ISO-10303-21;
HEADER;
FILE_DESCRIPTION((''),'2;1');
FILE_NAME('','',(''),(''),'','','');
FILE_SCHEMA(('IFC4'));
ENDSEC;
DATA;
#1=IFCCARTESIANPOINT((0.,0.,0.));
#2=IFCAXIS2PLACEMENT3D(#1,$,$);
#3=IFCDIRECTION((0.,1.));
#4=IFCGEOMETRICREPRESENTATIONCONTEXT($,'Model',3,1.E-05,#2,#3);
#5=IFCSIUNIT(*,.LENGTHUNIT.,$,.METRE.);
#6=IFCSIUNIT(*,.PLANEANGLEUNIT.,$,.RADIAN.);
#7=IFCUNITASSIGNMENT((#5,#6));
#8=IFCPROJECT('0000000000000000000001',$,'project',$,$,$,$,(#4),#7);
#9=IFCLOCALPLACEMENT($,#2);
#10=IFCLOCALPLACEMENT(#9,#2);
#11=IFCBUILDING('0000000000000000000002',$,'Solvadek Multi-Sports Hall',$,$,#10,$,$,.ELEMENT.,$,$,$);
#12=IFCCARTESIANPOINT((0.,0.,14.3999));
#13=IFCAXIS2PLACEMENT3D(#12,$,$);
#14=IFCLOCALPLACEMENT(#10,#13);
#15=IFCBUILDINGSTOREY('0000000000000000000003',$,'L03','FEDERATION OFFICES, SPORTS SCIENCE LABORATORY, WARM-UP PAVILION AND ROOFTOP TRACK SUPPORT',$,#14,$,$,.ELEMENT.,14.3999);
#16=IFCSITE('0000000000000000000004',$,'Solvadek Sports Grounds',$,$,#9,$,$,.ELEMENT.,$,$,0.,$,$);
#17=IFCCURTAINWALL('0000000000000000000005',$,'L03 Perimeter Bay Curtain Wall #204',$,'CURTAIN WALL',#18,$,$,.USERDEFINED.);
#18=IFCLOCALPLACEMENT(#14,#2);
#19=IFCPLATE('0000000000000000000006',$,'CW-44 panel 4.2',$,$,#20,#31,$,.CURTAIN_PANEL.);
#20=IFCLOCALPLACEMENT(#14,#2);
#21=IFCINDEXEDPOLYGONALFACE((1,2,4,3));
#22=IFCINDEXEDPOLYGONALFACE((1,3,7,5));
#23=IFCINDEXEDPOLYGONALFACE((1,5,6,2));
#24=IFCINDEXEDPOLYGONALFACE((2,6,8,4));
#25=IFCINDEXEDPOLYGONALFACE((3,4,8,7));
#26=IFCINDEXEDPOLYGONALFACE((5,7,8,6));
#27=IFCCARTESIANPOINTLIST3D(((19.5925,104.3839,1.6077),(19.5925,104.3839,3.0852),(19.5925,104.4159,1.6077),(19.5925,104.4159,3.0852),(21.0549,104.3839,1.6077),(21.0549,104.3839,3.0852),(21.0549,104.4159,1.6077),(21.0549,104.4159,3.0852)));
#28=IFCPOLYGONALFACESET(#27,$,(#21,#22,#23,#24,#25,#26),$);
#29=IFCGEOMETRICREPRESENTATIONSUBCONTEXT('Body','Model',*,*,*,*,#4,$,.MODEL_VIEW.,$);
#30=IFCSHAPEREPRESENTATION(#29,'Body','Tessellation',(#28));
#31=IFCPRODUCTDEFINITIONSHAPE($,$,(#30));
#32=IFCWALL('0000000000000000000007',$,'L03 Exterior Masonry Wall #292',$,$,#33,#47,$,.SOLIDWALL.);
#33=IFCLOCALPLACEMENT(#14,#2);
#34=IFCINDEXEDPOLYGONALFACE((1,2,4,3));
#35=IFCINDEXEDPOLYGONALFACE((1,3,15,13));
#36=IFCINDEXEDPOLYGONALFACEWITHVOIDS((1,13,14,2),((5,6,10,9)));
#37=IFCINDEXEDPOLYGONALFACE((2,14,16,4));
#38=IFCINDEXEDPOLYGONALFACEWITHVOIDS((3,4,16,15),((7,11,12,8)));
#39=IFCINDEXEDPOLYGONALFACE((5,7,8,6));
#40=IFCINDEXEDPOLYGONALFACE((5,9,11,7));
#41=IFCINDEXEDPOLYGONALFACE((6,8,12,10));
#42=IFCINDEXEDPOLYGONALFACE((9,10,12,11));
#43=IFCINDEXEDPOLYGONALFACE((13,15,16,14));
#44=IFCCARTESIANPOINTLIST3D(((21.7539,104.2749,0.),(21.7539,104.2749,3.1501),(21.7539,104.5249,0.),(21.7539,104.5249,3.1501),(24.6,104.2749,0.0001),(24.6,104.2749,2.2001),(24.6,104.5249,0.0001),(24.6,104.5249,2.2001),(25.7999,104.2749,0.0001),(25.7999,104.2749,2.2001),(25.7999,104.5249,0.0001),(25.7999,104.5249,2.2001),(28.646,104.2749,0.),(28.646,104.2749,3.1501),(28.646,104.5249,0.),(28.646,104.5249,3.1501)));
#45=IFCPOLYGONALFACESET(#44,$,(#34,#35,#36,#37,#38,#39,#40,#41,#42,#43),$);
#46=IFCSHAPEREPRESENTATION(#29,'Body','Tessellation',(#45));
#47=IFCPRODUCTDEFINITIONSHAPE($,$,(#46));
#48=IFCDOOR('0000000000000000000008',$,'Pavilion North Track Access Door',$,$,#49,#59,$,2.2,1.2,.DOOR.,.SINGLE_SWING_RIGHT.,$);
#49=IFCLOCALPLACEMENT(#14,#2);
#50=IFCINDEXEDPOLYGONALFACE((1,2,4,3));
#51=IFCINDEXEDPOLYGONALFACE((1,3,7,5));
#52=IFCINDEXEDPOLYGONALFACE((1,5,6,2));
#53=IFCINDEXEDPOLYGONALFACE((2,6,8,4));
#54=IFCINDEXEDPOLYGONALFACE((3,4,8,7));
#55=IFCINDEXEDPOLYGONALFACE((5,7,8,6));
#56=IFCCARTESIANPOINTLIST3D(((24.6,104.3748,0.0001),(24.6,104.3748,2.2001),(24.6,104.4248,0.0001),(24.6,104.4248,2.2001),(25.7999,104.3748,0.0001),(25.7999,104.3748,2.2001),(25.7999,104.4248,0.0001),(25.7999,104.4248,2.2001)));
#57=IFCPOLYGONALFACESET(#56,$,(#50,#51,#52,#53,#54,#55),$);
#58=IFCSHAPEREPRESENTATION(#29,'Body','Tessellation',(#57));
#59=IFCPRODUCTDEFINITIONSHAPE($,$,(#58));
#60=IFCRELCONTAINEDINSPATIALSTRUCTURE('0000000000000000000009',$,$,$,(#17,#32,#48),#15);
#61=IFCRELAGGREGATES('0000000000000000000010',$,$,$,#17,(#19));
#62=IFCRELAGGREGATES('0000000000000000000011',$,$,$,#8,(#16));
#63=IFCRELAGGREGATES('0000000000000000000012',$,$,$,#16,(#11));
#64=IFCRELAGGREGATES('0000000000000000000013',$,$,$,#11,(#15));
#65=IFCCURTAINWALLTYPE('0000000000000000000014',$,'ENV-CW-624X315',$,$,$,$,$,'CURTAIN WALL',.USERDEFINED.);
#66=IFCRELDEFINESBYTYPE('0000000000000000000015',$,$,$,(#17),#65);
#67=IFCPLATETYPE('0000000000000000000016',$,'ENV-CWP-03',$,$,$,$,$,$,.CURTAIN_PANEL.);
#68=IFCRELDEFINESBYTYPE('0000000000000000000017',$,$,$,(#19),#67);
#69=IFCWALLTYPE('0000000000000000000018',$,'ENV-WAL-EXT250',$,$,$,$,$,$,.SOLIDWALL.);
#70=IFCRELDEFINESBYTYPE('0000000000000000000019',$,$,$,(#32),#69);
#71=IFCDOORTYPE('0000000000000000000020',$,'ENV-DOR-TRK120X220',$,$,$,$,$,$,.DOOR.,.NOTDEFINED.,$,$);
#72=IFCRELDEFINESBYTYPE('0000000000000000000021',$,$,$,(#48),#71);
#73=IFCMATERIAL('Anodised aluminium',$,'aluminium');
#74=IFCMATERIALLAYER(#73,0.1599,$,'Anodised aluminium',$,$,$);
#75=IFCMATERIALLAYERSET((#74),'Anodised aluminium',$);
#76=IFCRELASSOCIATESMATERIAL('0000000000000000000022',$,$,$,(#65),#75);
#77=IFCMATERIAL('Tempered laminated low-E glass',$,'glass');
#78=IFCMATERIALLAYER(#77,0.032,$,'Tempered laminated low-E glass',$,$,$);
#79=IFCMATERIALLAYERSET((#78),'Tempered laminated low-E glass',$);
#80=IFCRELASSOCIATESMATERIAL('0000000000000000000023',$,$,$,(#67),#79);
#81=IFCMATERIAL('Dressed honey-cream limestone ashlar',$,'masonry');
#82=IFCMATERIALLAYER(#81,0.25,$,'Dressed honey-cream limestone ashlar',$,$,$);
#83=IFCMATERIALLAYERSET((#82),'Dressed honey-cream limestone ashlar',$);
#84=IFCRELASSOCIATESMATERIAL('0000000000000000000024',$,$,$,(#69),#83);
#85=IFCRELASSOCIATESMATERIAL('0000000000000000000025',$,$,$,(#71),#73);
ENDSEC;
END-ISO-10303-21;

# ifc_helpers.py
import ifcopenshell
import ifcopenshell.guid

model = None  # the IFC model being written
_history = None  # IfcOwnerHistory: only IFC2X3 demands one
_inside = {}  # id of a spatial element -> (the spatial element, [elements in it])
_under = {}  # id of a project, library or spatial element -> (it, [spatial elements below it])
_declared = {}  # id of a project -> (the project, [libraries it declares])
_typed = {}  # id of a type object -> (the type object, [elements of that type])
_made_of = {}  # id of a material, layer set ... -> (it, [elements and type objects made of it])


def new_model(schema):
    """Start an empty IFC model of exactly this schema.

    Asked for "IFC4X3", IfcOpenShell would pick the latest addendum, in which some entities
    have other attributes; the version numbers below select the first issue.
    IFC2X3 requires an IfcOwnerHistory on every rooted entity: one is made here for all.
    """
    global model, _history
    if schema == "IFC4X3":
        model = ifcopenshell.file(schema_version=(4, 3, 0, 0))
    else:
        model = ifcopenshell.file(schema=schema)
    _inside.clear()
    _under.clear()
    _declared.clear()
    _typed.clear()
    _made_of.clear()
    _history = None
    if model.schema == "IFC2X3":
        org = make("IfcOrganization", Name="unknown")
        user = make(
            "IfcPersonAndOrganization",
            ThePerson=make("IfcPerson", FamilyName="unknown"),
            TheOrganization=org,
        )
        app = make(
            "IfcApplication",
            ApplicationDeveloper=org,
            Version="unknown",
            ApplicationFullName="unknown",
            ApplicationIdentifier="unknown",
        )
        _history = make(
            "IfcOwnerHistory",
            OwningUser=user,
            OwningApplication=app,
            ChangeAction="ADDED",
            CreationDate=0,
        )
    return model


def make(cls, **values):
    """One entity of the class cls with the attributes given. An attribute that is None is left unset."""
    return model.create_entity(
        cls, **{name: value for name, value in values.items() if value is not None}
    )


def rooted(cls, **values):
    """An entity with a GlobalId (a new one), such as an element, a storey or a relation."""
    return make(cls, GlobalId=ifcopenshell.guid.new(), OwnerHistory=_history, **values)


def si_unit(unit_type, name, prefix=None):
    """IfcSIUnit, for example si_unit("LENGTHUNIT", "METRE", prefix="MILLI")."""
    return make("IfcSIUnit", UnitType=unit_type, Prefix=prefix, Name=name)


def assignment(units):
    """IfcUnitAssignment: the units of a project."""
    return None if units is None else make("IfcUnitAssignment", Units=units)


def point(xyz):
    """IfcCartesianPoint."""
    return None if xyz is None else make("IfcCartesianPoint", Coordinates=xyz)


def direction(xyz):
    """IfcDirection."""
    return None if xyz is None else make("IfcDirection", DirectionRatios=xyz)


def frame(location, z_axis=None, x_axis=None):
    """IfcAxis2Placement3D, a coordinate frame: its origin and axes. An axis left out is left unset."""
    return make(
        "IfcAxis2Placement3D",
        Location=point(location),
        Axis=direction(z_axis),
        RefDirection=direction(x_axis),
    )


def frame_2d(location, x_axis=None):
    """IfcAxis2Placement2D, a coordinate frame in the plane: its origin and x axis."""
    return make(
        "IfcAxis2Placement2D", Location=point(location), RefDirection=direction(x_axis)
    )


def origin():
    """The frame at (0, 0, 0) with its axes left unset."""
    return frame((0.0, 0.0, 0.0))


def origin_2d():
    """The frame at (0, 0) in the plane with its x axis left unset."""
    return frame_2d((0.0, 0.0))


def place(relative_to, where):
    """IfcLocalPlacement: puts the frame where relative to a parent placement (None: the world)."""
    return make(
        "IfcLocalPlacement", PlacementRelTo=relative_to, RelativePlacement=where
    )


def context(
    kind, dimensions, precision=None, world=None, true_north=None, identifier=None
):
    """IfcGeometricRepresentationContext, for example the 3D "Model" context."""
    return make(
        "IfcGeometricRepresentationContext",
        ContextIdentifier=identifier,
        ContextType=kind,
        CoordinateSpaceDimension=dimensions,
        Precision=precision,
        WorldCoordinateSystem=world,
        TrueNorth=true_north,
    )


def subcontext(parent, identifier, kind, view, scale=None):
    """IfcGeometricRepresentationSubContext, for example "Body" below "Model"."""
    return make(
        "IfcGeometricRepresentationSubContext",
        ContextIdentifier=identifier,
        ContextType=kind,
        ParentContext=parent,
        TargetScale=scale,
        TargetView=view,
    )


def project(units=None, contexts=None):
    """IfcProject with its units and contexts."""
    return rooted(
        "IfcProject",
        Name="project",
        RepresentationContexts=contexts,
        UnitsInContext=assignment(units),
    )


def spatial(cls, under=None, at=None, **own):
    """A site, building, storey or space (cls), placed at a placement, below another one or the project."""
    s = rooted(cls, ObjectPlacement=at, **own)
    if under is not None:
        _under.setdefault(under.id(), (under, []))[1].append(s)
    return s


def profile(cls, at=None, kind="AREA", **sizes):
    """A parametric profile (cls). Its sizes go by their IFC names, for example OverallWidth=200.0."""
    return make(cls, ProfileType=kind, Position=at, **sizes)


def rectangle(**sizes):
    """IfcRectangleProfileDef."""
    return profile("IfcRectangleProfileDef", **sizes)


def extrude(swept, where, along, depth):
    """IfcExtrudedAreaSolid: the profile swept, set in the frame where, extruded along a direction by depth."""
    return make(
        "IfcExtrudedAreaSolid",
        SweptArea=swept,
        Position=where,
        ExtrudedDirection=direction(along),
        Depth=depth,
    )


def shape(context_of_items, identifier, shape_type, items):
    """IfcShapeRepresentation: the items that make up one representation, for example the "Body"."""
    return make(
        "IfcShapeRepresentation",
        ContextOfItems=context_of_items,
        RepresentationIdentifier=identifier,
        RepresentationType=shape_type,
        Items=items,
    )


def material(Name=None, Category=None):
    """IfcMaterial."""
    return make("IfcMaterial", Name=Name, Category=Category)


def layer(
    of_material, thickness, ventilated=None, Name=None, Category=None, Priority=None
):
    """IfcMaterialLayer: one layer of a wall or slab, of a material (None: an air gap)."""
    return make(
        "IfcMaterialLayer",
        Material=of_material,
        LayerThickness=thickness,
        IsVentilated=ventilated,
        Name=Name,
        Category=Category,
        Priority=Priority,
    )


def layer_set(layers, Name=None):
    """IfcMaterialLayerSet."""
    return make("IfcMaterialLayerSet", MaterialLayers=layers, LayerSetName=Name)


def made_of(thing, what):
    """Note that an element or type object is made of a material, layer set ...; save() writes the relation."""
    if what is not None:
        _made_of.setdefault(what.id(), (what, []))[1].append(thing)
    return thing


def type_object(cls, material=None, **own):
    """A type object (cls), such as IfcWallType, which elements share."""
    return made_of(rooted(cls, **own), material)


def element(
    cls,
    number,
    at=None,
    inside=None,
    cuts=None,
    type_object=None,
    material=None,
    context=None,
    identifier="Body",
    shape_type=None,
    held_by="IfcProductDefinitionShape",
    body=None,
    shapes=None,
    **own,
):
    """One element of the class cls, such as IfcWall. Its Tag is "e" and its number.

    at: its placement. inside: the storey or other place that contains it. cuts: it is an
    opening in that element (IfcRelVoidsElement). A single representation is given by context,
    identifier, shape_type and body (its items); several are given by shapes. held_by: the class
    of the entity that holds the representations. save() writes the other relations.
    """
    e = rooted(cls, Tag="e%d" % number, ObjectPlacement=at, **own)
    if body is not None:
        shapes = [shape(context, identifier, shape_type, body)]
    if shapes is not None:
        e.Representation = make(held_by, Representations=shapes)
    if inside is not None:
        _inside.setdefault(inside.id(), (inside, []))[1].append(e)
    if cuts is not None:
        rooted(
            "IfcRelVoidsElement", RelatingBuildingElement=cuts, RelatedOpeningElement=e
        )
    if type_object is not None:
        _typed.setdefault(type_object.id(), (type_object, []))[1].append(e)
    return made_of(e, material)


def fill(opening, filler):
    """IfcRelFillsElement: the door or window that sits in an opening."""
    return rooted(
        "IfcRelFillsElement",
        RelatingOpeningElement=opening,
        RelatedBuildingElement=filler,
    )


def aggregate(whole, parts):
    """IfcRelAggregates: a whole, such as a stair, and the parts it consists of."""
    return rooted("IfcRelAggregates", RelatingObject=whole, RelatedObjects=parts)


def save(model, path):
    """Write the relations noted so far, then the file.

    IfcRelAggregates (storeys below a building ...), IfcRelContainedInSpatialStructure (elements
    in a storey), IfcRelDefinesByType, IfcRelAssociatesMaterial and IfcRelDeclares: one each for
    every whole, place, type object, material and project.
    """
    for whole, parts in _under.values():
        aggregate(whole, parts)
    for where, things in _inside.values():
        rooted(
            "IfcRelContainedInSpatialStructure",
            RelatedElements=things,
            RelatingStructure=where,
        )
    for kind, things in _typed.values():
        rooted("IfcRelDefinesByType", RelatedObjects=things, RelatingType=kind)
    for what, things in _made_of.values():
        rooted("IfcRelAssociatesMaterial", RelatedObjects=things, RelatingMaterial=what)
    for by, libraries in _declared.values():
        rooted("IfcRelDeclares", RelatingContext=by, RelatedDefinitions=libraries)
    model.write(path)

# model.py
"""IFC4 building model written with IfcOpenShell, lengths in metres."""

from ifc_helpers import new_model, si_unit, direction, frame, frame_2d, origin, origin_2d, place, context, subcontext, project, spatial, rectangle, extrude, material, layer, layer_set, type_object, element, fill, aggregate, save


model = new_model("IFC4")

# Units and contexts
model_context = context("Model", 3, precision=1e-05, world=origin(), true_north=direction((0.0, 1.0)))
body_context = subcontext(model_context, "Body", "Model", "MODEL_VIEW")
ifc_project = project(units=[si_unit("LENGTHUNIT", "METRE"), si_unit("PLANEANGLEUNIT", "RADIAN")], contexts=[model_context])

# Site, building, storey
site_placement = place(None, origin())
site = spatial("IfcSite", under=ifc_project, at=site_placement, Name="Solvadek Sports Grounds", CompositionType="ELEMENT", RefElevation=0.0)
building_placement = place(site_placement, origin())
building = spatial("IfcBuilding", under=site, at=building_placement, Name="Solvadek Multi-Sports Hall", CompositionType="ELEMENT")
storey_placement = place(building_placement, frame((0.0, 0.0, 14.3999)))
storey = spatial("IfcBuildingStorey", under=building, at=storey_placement, Name="L03", Description="FEDERATION OFFICES, SPORTS SCIENCE LABORATORY, WARM-UP PAVILION AND ROOFTOP TRACK SUPPORT", CompositionType="ELEMENT", Elevation=14.3999)

# Curtain wall
ifc_material_1 = material(Name="Anodised aluminium", Category="aluminium")
ifc_layer_1 = layer(ifc_material_1, 0.1599, Name="Anodised aluminium")
ifc_layer_set_1 = layer_set([ifc_layer_1], Name="Anodised aluminium")
curtain_wall_type = type_object("IfcCurtainWallType", Name="ENV-CW-624X315", ElementType="CURTAIN WALL", PredefinedType="USERDEFINED", material=ifc_layer_set_1)
curtain_wall_placement = place(storey_placement, origin())
curtain_wall = element("IfcCurtainWall", 1, at=curtain_wall_placement, inside=storey, type_object=curtain_wall_type, Name="L03 Perimeter Bay Curtain Wall #204", ObjectType="CURTAIN WALL", PredefinedType="USERDEFINED")

# Plate
ifc_material_2 = material(Name="Tempered laminated low-E glass", Category="glass")
ifc_layer_2 = layer(ifc_material_2, 0.032, Name="Tempered laminated low-E glass")
ifc_layer_set_2 = layer_set([ifc_layer_2], Name="Tempered laminated low-E glass")
plate_type = type_object("IfcPlateType", Name="ENV-CWP-03", PredefinedType="CURTAIN_PANEL", material=ifc_layer_set_2)
plate_1_placement = place(storey_placement, frame((20.3237, 104.3999, 1.6077), z_axis=(0.0, 0.0, 1.0), x_axis=(1.0, 0.0, 0.0)))
plate_1 = element("IfcPlate", 2, at=plate_1_placement, type_object=plate_type, Name="CW-44 panel 4.2", PredefinedType="CURTAIN_PANEL", context=body_context, shape_type="SweptSolid", body=[
    extrude(rectangle(XDim=1.4624, YDim=0.032, at=origin_2d()), origin(), (0.0, 0.0, 1.0), 1.4775),
])
aggregate(curtain_wall, [plate_1])

# Wall, opening, door
ifc_material_3 = material(Name="Dressed honey-cream limestone ashlar", Category="masonry")
ifc_layer_3 = layer(ifc_material_3, 0.25, Name="Dressed honey-cream limestone ashlar")
ifc_layer_set_3 = layer_set([ifc_layer_3], Name="Dressed honey-cream limestone ashlar")
wall_type = type_object("IfcWallType", Name="ENV-WAL-EXT250", PredefinedType="SOLIDWALL", material=ifc_layer_set_3)
wall_placement = place(storey_placement, frame((21.7539, 104.3999, 0.0), z_axis=(0.0, 0.0, 1.0), x_axis=(1.0, 0.0, 0.0)))
wall = element("IfcWall", 3, at=wall_placement, inside=storey, type_object=wall_type, Name="L03 Exterior Masonry Wall #292", PredefinedType="SOLIDWALL", context=body_context, shape_type="SweptSolid", body=[
    extrude(rectangle(XDim=6.8921, YDim=0.25, at=frame_2d((3.446, 0.0))), origin(), (0.0, 0.0, 1.0), 3.1501),
])
opening_placement = place(wall_placement, frame((2.8459, 0.0, 0.0)))
opening = element("IfcOpeningElement", 4, at=opening_placement, cuts=wall, PredefinedType="OPENING", context=body_context, shape_type="SweptSolid", body=[
    extrude(rectangle(XDim=1.2, YDim=2.2, at=frame_2d((0.6001, 1.1001))), frame((0.0, 0.135, 0.0), z_axis=(0.0, -1.0, 0.0), x_axis=(1.0, 0.0, 0.0)), (0.0, 0.0, 1.0), 0.27),
])
door_type = type_object("IfcDoorType", Name="ENV-DOR-TRK120X220", OperationType="NOTDEFINED", PredefinedType="DOOR", material=ifc_material_1)
door_placement = place(opening_placement, origin())
door = element("IfcDoor", 5, at=door_placement, inside=storey, type_object=door_type, Name="Pavilion North Track Access Door", OperationType="SINGLE_SWING_RIGHT", OverallHeight=2.2, OverallWidth=1.2, PredefinedType="DOOR", context=body_context, shape_type="SweptSolid", body=[
    extrude(rectangle(XDim=1.2, YDim=2.2, at=frame_2d((0.6001, 1.1001))), frame((0.0, 0.0249, 0.0), z_axis=(0.0, -1.0, 0.0), x_axis=(1.0, 0.0, 0.0)), (0.0, 0.0, 1.0), 0.05),
])
fill(opening, door)

save(model, "model.ifc")
